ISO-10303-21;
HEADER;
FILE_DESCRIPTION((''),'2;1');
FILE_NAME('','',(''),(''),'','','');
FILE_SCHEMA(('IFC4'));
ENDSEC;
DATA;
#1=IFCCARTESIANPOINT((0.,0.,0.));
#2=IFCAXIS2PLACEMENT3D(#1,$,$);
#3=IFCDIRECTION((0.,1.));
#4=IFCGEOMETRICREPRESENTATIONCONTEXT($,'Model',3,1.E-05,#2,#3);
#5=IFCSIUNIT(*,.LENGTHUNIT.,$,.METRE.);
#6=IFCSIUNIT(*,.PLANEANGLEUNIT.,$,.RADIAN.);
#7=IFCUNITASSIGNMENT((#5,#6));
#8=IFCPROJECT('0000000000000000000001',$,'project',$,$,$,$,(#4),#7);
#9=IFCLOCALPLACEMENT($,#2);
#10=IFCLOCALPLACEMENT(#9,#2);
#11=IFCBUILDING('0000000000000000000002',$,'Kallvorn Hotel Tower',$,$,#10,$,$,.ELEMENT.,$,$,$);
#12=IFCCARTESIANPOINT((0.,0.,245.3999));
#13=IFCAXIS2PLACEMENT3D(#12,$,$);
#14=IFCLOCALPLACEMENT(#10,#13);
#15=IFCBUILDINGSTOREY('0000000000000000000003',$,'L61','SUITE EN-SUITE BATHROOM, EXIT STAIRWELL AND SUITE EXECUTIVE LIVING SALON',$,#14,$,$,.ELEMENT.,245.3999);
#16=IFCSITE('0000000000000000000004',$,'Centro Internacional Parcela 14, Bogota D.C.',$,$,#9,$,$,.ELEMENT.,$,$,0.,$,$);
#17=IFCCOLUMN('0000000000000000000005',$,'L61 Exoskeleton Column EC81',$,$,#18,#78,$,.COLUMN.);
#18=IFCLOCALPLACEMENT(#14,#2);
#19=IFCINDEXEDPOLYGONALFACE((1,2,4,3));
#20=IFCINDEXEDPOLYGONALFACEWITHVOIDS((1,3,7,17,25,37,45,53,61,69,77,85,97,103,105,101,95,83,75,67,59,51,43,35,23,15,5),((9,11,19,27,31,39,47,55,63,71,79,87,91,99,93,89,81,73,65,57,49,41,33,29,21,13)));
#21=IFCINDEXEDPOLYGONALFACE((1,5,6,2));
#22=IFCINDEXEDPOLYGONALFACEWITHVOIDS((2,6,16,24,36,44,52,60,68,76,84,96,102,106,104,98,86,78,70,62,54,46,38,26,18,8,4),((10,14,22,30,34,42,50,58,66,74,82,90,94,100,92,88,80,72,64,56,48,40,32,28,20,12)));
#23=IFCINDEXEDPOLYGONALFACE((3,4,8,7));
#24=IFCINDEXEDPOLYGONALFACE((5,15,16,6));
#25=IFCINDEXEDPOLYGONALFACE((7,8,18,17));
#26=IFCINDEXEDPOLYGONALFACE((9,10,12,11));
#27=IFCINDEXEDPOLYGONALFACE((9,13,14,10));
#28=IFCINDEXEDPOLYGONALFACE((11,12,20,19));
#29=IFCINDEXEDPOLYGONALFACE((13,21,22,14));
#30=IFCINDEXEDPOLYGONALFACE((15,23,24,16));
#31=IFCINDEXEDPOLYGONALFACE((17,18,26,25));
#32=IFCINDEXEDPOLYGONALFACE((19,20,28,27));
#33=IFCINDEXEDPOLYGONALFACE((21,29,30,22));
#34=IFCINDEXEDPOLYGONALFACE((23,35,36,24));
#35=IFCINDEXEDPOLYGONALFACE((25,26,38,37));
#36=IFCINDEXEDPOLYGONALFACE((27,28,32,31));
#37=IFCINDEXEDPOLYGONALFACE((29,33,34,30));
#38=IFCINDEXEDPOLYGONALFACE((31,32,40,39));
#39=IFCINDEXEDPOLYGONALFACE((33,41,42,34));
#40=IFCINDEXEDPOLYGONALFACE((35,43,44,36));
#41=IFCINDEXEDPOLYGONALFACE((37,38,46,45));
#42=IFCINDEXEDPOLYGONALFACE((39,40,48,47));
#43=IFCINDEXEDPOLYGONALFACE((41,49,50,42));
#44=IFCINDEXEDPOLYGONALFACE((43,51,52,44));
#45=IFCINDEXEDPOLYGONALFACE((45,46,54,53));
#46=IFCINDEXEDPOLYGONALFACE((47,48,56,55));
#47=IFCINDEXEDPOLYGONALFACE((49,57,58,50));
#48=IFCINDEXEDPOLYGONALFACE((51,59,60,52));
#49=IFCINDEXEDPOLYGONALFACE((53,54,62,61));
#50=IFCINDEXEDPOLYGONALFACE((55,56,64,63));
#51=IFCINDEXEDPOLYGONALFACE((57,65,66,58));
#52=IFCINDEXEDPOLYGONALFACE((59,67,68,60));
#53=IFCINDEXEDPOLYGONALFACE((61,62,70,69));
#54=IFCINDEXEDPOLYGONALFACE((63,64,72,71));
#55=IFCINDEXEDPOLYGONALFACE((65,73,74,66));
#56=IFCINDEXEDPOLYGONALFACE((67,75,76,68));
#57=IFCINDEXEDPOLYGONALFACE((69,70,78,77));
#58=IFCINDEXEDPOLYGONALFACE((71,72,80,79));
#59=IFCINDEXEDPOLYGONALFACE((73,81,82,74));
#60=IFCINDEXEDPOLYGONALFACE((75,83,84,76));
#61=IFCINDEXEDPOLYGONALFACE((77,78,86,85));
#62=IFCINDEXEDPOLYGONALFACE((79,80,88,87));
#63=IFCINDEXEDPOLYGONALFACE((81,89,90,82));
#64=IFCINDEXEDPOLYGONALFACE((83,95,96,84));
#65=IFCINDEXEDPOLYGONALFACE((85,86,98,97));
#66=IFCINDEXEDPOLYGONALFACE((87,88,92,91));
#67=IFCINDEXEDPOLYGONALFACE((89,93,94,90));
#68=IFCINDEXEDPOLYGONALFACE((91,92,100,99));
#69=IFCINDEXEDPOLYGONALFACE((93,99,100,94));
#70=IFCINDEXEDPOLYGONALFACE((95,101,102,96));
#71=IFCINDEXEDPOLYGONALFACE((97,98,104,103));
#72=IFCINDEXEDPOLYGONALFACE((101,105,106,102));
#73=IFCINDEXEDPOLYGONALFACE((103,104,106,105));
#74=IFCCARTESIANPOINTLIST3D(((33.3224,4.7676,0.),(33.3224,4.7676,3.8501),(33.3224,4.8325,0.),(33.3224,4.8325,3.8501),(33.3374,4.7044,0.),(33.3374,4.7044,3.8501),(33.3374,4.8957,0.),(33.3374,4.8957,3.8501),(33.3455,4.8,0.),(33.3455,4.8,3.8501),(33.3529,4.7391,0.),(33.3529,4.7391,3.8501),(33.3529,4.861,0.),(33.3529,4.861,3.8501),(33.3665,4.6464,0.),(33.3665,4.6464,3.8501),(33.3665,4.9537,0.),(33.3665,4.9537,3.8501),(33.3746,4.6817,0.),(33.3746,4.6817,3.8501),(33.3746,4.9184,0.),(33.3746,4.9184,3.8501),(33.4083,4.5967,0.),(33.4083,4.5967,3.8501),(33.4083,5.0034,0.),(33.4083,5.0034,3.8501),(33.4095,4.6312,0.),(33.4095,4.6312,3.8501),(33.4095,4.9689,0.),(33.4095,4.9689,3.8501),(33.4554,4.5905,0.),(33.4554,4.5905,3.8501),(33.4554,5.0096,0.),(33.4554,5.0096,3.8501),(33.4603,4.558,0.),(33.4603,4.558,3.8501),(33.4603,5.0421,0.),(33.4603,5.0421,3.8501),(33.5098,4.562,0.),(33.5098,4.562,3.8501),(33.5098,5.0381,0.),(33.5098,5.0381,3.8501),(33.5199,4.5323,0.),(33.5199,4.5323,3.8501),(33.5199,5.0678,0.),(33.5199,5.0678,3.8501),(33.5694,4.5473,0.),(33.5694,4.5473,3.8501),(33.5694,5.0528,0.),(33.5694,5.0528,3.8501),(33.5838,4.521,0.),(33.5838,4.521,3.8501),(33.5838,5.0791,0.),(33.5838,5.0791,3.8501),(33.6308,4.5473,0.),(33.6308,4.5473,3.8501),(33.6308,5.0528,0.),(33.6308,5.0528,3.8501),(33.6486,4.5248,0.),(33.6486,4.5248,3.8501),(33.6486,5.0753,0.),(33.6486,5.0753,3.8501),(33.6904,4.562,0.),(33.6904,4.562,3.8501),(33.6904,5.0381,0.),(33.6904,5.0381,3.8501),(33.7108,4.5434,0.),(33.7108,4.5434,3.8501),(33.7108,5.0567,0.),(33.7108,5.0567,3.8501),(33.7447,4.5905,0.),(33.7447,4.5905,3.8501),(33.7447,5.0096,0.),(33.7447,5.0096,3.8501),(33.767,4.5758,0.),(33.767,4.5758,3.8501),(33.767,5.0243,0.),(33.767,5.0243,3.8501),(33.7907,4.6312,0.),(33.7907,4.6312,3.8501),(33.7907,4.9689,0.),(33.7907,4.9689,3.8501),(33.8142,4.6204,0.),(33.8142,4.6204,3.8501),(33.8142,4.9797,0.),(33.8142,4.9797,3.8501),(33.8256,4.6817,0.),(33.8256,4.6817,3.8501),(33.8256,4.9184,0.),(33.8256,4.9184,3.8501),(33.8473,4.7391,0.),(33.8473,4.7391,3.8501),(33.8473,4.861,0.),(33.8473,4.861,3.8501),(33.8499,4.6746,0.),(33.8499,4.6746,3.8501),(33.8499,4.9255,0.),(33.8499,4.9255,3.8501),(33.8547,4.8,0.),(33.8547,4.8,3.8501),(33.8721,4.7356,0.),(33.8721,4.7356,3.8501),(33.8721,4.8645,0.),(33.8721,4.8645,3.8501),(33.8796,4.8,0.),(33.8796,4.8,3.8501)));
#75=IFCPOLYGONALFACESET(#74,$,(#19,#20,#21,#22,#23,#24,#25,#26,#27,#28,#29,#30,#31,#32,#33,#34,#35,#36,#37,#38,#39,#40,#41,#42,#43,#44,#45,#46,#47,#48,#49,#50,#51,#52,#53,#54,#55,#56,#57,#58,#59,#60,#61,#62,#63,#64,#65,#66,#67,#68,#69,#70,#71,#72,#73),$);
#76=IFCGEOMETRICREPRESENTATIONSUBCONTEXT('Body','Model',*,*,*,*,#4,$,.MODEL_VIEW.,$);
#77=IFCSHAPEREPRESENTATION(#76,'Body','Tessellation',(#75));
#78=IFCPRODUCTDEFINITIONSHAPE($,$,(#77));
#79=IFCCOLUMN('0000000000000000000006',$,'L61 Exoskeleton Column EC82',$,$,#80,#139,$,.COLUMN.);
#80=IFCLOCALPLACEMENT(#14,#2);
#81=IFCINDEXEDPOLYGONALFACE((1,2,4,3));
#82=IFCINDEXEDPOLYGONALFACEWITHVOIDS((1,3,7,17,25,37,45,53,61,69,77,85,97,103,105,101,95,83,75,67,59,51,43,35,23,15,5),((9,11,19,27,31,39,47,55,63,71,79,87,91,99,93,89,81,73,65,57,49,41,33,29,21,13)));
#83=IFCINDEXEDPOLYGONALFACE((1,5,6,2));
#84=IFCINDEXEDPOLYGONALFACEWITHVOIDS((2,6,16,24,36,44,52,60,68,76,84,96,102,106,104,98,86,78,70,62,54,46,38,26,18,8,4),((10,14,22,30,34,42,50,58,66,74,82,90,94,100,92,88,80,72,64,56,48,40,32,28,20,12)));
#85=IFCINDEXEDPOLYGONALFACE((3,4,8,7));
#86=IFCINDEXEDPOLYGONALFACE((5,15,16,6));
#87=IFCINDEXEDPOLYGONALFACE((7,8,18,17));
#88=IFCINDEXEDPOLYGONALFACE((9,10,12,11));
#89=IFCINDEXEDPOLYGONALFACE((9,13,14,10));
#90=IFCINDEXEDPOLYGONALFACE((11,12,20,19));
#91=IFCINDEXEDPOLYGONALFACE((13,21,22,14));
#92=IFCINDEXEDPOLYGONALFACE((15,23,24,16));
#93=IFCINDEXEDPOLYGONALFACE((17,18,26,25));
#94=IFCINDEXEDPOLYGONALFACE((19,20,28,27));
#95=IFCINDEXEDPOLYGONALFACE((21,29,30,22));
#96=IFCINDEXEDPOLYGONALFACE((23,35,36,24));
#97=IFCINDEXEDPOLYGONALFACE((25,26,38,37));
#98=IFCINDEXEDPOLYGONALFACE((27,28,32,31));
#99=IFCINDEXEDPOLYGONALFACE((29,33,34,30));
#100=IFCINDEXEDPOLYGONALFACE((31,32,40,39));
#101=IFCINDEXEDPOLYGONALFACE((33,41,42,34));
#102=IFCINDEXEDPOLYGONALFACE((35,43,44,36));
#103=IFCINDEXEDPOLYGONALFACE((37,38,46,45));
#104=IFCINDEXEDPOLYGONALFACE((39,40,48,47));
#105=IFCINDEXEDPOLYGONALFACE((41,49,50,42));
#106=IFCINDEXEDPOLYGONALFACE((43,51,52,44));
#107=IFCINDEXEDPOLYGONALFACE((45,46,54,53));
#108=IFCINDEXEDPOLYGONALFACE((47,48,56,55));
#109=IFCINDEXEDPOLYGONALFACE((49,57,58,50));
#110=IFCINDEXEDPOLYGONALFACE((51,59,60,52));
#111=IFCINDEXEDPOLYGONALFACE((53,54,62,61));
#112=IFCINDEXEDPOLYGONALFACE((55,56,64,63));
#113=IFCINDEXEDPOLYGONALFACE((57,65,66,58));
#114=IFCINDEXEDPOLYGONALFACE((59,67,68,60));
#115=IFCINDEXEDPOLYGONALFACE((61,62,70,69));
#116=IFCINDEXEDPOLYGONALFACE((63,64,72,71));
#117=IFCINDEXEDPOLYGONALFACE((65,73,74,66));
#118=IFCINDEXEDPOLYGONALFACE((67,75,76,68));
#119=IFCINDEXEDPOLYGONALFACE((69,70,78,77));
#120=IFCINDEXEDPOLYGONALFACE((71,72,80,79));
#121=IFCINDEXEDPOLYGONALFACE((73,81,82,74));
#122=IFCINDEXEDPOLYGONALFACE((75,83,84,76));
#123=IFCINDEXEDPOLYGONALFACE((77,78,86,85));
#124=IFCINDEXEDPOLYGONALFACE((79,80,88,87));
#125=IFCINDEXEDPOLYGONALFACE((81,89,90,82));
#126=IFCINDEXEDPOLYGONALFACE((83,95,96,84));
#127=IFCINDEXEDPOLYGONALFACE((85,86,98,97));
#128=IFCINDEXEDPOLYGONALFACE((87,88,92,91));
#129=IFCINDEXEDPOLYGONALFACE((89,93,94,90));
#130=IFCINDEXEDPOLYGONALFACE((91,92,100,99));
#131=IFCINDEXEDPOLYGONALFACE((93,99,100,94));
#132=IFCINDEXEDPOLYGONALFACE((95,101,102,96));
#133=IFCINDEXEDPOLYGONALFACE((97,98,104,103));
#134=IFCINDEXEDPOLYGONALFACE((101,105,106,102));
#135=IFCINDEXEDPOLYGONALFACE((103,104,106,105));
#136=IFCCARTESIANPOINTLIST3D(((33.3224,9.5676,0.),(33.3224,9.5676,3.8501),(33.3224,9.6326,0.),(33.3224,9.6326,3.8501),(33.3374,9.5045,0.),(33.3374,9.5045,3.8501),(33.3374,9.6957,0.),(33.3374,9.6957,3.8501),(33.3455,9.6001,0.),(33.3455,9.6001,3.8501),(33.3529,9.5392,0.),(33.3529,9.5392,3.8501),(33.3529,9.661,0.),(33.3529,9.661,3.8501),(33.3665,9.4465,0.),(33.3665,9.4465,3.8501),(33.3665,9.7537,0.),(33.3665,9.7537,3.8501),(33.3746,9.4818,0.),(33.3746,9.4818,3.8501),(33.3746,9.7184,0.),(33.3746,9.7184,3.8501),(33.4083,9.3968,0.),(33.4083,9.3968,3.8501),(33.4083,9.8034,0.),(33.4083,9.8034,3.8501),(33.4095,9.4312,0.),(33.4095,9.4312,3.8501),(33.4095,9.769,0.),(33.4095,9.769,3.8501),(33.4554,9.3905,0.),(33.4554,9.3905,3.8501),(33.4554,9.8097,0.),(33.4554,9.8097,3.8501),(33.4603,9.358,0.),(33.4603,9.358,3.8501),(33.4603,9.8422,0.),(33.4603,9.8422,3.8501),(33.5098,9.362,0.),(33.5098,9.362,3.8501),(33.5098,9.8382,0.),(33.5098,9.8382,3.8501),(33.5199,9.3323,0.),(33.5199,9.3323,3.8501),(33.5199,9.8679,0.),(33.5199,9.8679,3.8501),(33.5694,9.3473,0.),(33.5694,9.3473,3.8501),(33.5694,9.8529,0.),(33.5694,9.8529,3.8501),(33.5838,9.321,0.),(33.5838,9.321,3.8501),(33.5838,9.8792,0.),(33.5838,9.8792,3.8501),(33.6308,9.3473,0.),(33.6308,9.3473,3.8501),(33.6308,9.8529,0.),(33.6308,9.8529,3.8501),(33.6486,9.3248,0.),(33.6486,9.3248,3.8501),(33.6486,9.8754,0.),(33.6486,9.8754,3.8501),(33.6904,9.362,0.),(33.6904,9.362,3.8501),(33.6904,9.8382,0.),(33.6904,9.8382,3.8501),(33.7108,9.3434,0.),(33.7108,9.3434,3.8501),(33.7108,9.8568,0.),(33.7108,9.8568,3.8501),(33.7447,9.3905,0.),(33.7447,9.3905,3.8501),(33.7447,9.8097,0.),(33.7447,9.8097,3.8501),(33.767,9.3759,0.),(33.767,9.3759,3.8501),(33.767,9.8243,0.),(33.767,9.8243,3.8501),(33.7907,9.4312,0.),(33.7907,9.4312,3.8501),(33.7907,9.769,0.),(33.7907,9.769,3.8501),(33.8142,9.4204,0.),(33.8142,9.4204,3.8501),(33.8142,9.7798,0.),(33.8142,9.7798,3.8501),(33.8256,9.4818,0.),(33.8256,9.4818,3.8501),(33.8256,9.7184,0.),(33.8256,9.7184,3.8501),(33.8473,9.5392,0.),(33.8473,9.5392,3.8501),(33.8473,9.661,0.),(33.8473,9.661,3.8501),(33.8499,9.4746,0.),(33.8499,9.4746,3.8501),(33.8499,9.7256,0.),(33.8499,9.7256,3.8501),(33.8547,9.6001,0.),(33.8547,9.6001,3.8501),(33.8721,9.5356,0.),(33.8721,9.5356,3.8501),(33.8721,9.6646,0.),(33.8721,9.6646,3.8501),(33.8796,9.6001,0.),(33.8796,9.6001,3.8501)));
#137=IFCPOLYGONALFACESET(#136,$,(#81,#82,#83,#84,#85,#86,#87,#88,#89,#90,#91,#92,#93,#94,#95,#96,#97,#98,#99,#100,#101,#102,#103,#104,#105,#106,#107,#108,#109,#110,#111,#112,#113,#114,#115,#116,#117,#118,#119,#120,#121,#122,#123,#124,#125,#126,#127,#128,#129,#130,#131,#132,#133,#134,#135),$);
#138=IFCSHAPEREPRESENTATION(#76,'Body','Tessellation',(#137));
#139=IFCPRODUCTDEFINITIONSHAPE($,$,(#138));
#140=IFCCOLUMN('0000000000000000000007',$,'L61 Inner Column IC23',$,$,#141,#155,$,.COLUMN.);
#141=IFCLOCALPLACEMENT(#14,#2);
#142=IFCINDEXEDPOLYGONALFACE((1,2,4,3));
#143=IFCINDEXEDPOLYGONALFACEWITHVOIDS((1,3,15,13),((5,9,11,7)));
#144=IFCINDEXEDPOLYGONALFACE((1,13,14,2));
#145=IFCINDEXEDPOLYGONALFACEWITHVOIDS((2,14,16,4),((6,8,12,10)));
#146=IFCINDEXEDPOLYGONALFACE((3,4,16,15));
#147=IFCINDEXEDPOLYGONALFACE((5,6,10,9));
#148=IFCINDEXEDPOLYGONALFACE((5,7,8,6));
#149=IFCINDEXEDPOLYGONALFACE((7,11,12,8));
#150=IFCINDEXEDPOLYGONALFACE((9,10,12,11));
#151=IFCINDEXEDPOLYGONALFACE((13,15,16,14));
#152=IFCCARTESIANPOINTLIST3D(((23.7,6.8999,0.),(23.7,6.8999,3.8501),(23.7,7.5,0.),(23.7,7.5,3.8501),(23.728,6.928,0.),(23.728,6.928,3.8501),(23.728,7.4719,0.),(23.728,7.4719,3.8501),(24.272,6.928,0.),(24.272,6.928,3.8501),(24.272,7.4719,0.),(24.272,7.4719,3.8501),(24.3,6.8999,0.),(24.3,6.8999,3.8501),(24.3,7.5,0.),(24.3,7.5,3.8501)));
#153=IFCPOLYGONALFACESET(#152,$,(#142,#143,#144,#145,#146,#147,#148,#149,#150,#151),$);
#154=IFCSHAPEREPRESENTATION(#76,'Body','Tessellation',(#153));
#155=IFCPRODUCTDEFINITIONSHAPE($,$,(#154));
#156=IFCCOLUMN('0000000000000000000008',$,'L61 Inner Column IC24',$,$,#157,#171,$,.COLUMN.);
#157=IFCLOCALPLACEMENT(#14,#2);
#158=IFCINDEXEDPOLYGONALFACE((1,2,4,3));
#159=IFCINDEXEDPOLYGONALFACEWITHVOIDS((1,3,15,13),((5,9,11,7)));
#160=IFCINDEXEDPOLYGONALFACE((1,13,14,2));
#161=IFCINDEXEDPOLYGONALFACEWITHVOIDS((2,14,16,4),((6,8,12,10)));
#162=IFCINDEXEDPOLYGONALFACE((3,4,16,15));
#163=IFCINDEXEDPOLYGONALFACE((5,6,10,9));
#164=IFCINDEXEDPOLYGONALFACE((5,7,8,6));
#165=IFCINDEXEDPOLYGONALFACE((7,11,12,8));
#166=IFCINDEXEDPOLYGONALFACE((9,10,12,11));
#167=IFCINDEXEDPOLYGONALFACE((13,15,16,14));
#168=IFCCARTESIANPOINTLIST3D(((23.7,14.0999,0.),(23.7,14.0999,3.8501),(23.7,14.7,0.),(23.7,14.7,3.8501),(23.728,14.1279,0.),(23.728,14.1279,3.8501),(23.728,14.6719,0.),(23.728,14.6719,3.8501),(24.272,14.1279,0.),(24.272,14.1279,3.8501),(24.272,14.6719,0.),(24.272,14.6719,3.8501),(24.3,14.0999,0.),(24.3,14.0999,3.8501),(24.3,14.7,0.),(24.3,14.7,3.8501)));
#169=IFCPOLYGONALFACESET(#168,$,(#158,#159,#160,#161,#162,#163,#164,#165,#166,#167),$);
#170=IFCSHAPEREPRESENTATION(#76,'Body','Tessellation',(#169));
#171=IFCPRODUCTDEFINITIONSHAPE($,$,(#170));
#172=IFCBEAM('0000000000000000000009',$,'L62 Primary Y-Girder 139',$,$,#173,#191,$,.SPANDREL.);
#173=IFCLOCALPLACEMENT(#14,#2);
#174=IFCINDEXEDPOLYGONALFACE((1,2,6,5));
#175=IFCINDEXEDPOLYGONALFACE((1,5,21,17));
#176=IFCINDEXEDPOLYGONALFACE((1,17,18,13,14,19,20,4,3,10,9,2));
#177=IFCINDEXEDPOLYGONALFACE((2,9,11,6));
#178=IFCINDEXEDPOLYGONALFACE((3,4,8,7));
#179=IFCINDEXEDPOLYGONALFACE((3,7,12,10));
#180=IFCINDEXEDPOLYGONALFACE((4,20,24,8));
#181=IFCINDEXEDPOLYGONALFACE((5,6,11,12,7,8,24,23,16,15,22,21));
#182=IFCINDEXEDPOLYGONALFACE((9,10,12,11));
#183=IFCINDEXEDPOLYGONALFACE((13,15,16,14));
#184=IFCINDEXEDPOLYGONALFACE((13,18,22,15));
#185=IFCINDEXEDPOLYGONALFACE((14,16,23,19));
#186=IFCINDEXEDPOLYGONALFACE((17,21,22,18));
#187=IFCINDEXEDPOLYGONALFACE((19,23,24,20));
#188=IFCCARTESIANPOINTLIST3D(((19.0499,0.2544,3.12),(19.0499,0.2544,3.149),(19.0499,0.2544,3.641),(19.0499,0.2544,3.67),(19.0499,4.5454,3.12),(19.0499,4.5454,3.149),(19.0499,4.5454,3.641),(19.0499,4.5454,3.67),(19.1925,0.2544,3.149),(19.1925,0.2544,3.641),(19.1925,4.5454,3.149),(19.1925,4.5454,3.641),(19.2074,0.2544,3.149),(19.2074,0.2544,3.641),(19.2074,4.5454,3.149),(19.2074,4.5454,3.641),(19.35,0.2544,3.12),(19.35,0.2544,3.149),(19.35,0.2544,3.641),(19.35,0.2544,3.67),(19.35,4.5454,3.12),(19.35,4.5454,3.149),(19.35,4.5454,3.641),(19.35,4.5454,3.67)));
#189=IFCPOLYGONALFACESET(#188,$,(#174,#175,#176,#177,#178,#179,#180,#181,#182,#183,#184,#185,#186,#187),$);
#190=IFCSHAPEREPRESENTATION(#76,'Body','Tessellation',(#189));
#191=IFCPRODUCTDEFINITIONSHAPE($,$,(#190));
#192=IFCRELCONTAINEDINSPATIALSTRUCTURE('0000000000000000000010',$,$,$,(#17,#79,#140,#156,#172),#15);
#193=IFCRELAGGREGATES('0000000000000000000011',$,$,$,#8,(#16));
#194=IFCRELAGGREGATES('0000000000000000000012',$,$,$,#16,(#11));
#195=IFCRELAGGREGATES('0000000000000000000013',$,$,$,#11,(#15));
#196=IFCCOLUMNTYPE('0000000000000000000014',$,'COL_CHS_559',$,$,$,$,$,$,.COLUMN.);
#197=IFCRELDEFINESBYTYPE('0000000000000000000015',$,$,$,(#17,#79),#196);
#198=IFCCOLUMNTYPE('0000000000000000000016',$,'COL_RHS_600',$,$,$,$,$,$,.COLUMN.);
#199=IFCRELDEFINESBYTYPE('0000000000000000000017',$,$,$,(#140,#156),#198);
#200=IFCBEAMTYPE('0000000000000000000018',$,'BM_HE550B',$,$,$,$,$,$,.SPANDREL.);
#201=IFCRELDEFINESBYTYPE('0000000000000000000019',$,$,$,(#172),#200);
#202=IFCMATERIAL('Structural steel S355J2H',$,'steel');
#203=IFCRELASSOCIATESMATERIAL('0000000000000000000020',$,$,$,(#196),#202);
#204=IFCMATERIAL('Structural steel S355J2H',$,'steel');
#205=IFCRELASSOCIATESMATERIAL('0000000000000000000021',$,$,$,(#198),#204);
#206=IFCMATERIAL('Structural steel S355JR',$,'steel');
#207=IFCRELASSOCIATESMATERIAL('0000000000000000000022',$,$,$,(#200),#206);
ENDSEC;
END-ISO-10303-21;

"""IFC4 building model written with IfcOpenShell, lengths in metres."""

from ifc_helpers import new_model, si_unit, direction, frame, origin, origin_2d, place, context, subcontext, project, spatial, hollow_rectangle, hollow_circle, i_section, extrude, material, material_profile, profile_set, type_object, element, save


model = new_model("IFC4")

# Units and contexts
model_context = context("Model", 3, precision=1e-05, world=origin(), true_north=direction((0.0, 1.0)))
body_context = subcontext(model_context, "Body", "Model", "MODEL_VIEW")
ifc_project = project(units=[si_unit("LENGTHUNIT", "METRE"), si_unit("PLANEANGLEUNIT", "RADIAN")], contexts=[model_context])

# Site, building, storey
site_placement = place(None, origin())
site = spatial("IfcSite", under=ifc_project, at=site_placement, Name="Centro Internacional Parcela 14, Bogota D.C.", CompositionType="ELEMENT", RefElevation=0.0)
building_placement = place(site_placement, origin())
building = spatial("IfcBuilding", under=site, at=building_placement, Name="Kallvorn Hotel Tower", CompositionType="ELEMENT")
storey_placement = place(building_placement, frame((0.0, 0.0, 245.3999)))
storey = spatial("IfcBuildingStorey", under=building, at=storey_placement, Name="L61", Description="SUITE EN-SUITE BATHROOM, EXIT STAIRWELL AND SUITE EXECUTIVE LIVING SALON", CompositionType="ELEMENT", Elevation=245.3999)

# Columns
ifc_material_1 = material(Name="Structural steel S355J2H", Category="steel")
ifc_material_profile_1 = material_profile(ifc_material_1, hollow_circle(Radius=0.2795, WallThickness=0.0249, at=origin_2d()), Name="CHS 559x25")
ifc_profile_set_1 = profile_set([ifc_material_profile_1], Name="Structural steel S355J2H")
column_type_1 = type_object("IfcColumnType", Name="COL_CHS_559", PredefinedType="COLUMN", material=ifc_profile_set_1)
for number, where, z_axis, x_axis, name in (
    (1, (33.6001, 4.8, 0.0), (0.0, 0.0, 1.0), (1.0, 0.0, 0.0), "L61 Exoskeleton Column EC81"),
    (2, (33.6001, 9.6001, 0.0), (0.0, 0.0, 1.0), (1.0, 0.0, 0.0), "L61 Exoskeleton Column EC82"),
):
    element("IfcColumn", number, at=place(storey_placement, frame(where, z_axis=z_axis, x_axis=x_axis)), inside=storey, type_object=column_type_1, Name=name, PredefinedType="COLUMN", context=body_context, shape_type="SweptSolid", body=[
        extrude(hollow_circle(Radius=0.2795, WallThickness=0.0249, at=origin_2d()), origin(), (0.0, 0.0, 1.0), 3.8501),
    ])
ifc_material_2 = material(Name="Structural steel S355J2H", Category="steel")
ifc_material_profile_2 = material_profile(ifc_material_2, hollow_rectangle(XDim=0.6001, YDim=0.6001, WallThickness=0.0281, at=origin_2d()), Name="RHS 600x600x28")
ifc_profile_set_2 = profile_set([ifc_material_profile_2], Name="Structural steel S355J2H")
column_type_2 = type_object("IfcColumnType", Name="COL_RHS_600", PredefinedType="COLUMN", material=ifc_profile_set_2)
for number, where, z_axis, x_axis, name in (
    (3, (24.0, 7.2, 0.0), (0.0, 0.0, 1.0), (1.0, 0.0, 0.0), "L61 Inner Column IC23"),
    (4, (24.0, 14.3999, 0.0), (0.0, 0.0, 1.0), (1.0, 0.0, 0.0), "L61 Inner Column IC24"),
):
    element("IfcColumn", number, at=place(storey_placement, frame(where, z_axis=z_axis, x_axis=x_axis)), inside=storey, type_object=column_type_2, Name=name, PredefinedType="COLUMN", context=body_context, shape_type="SweptSolid", body=[
        extrude(hollow_rectangle(XDim=0.6001, YDim=0.6001, WallThickness=0.0281, at=origin_2d()), origin(), (0.0, 0.0, 1.0), 3.8501),
    ])

# Beam
ifc_material_3 = material(Name="Structural steel S355JR", Category="steel")
ifc_material_profile_3 = material_profile(ifc_material_3, i_section(OverallWidth=0.3, OverallDepth=0.55, WebThickness=0.0149, FlangeThickness=0.0291, at=origin_2d()), Name="HE 550 B")
ifc_profile_set_3 = profile_set([ifc_material_profile_3], Name="Structural steel S355JR")
beam_type_1 = type_object("IfcBeamType", Name="BM_HE550B", PredefinedType="SPANDREL", material=ifc_profile_set_3)
for number, where, z_axis, x_axis, name in (
    (5, (19.2, 0.2544, 3.395), (0.0, 1.0, 0.0), (-1.0, 0.0, 0.0), "L62 Primary Y-Girder 139"),
):
    element("IfcBeam", number, at=place(storey_placement, frame(where, z_axis=z_axis, x_axis=x_axis)), inside=storey, type_object=beam_type_1, Name=name, PredefinedType="SPANDREL", context=body_context, shape_type="SweptSolid", body=[
        extrude(i_section(OverallWidth=0.3, OverallDepth=0.55, WebThickness=0.0149, FlangeThickness=0.0291, at=origin_2d()), origin(), (0.0, 0.0, 1.0), 4.291),
    ])

save(model, "model.ifc")
